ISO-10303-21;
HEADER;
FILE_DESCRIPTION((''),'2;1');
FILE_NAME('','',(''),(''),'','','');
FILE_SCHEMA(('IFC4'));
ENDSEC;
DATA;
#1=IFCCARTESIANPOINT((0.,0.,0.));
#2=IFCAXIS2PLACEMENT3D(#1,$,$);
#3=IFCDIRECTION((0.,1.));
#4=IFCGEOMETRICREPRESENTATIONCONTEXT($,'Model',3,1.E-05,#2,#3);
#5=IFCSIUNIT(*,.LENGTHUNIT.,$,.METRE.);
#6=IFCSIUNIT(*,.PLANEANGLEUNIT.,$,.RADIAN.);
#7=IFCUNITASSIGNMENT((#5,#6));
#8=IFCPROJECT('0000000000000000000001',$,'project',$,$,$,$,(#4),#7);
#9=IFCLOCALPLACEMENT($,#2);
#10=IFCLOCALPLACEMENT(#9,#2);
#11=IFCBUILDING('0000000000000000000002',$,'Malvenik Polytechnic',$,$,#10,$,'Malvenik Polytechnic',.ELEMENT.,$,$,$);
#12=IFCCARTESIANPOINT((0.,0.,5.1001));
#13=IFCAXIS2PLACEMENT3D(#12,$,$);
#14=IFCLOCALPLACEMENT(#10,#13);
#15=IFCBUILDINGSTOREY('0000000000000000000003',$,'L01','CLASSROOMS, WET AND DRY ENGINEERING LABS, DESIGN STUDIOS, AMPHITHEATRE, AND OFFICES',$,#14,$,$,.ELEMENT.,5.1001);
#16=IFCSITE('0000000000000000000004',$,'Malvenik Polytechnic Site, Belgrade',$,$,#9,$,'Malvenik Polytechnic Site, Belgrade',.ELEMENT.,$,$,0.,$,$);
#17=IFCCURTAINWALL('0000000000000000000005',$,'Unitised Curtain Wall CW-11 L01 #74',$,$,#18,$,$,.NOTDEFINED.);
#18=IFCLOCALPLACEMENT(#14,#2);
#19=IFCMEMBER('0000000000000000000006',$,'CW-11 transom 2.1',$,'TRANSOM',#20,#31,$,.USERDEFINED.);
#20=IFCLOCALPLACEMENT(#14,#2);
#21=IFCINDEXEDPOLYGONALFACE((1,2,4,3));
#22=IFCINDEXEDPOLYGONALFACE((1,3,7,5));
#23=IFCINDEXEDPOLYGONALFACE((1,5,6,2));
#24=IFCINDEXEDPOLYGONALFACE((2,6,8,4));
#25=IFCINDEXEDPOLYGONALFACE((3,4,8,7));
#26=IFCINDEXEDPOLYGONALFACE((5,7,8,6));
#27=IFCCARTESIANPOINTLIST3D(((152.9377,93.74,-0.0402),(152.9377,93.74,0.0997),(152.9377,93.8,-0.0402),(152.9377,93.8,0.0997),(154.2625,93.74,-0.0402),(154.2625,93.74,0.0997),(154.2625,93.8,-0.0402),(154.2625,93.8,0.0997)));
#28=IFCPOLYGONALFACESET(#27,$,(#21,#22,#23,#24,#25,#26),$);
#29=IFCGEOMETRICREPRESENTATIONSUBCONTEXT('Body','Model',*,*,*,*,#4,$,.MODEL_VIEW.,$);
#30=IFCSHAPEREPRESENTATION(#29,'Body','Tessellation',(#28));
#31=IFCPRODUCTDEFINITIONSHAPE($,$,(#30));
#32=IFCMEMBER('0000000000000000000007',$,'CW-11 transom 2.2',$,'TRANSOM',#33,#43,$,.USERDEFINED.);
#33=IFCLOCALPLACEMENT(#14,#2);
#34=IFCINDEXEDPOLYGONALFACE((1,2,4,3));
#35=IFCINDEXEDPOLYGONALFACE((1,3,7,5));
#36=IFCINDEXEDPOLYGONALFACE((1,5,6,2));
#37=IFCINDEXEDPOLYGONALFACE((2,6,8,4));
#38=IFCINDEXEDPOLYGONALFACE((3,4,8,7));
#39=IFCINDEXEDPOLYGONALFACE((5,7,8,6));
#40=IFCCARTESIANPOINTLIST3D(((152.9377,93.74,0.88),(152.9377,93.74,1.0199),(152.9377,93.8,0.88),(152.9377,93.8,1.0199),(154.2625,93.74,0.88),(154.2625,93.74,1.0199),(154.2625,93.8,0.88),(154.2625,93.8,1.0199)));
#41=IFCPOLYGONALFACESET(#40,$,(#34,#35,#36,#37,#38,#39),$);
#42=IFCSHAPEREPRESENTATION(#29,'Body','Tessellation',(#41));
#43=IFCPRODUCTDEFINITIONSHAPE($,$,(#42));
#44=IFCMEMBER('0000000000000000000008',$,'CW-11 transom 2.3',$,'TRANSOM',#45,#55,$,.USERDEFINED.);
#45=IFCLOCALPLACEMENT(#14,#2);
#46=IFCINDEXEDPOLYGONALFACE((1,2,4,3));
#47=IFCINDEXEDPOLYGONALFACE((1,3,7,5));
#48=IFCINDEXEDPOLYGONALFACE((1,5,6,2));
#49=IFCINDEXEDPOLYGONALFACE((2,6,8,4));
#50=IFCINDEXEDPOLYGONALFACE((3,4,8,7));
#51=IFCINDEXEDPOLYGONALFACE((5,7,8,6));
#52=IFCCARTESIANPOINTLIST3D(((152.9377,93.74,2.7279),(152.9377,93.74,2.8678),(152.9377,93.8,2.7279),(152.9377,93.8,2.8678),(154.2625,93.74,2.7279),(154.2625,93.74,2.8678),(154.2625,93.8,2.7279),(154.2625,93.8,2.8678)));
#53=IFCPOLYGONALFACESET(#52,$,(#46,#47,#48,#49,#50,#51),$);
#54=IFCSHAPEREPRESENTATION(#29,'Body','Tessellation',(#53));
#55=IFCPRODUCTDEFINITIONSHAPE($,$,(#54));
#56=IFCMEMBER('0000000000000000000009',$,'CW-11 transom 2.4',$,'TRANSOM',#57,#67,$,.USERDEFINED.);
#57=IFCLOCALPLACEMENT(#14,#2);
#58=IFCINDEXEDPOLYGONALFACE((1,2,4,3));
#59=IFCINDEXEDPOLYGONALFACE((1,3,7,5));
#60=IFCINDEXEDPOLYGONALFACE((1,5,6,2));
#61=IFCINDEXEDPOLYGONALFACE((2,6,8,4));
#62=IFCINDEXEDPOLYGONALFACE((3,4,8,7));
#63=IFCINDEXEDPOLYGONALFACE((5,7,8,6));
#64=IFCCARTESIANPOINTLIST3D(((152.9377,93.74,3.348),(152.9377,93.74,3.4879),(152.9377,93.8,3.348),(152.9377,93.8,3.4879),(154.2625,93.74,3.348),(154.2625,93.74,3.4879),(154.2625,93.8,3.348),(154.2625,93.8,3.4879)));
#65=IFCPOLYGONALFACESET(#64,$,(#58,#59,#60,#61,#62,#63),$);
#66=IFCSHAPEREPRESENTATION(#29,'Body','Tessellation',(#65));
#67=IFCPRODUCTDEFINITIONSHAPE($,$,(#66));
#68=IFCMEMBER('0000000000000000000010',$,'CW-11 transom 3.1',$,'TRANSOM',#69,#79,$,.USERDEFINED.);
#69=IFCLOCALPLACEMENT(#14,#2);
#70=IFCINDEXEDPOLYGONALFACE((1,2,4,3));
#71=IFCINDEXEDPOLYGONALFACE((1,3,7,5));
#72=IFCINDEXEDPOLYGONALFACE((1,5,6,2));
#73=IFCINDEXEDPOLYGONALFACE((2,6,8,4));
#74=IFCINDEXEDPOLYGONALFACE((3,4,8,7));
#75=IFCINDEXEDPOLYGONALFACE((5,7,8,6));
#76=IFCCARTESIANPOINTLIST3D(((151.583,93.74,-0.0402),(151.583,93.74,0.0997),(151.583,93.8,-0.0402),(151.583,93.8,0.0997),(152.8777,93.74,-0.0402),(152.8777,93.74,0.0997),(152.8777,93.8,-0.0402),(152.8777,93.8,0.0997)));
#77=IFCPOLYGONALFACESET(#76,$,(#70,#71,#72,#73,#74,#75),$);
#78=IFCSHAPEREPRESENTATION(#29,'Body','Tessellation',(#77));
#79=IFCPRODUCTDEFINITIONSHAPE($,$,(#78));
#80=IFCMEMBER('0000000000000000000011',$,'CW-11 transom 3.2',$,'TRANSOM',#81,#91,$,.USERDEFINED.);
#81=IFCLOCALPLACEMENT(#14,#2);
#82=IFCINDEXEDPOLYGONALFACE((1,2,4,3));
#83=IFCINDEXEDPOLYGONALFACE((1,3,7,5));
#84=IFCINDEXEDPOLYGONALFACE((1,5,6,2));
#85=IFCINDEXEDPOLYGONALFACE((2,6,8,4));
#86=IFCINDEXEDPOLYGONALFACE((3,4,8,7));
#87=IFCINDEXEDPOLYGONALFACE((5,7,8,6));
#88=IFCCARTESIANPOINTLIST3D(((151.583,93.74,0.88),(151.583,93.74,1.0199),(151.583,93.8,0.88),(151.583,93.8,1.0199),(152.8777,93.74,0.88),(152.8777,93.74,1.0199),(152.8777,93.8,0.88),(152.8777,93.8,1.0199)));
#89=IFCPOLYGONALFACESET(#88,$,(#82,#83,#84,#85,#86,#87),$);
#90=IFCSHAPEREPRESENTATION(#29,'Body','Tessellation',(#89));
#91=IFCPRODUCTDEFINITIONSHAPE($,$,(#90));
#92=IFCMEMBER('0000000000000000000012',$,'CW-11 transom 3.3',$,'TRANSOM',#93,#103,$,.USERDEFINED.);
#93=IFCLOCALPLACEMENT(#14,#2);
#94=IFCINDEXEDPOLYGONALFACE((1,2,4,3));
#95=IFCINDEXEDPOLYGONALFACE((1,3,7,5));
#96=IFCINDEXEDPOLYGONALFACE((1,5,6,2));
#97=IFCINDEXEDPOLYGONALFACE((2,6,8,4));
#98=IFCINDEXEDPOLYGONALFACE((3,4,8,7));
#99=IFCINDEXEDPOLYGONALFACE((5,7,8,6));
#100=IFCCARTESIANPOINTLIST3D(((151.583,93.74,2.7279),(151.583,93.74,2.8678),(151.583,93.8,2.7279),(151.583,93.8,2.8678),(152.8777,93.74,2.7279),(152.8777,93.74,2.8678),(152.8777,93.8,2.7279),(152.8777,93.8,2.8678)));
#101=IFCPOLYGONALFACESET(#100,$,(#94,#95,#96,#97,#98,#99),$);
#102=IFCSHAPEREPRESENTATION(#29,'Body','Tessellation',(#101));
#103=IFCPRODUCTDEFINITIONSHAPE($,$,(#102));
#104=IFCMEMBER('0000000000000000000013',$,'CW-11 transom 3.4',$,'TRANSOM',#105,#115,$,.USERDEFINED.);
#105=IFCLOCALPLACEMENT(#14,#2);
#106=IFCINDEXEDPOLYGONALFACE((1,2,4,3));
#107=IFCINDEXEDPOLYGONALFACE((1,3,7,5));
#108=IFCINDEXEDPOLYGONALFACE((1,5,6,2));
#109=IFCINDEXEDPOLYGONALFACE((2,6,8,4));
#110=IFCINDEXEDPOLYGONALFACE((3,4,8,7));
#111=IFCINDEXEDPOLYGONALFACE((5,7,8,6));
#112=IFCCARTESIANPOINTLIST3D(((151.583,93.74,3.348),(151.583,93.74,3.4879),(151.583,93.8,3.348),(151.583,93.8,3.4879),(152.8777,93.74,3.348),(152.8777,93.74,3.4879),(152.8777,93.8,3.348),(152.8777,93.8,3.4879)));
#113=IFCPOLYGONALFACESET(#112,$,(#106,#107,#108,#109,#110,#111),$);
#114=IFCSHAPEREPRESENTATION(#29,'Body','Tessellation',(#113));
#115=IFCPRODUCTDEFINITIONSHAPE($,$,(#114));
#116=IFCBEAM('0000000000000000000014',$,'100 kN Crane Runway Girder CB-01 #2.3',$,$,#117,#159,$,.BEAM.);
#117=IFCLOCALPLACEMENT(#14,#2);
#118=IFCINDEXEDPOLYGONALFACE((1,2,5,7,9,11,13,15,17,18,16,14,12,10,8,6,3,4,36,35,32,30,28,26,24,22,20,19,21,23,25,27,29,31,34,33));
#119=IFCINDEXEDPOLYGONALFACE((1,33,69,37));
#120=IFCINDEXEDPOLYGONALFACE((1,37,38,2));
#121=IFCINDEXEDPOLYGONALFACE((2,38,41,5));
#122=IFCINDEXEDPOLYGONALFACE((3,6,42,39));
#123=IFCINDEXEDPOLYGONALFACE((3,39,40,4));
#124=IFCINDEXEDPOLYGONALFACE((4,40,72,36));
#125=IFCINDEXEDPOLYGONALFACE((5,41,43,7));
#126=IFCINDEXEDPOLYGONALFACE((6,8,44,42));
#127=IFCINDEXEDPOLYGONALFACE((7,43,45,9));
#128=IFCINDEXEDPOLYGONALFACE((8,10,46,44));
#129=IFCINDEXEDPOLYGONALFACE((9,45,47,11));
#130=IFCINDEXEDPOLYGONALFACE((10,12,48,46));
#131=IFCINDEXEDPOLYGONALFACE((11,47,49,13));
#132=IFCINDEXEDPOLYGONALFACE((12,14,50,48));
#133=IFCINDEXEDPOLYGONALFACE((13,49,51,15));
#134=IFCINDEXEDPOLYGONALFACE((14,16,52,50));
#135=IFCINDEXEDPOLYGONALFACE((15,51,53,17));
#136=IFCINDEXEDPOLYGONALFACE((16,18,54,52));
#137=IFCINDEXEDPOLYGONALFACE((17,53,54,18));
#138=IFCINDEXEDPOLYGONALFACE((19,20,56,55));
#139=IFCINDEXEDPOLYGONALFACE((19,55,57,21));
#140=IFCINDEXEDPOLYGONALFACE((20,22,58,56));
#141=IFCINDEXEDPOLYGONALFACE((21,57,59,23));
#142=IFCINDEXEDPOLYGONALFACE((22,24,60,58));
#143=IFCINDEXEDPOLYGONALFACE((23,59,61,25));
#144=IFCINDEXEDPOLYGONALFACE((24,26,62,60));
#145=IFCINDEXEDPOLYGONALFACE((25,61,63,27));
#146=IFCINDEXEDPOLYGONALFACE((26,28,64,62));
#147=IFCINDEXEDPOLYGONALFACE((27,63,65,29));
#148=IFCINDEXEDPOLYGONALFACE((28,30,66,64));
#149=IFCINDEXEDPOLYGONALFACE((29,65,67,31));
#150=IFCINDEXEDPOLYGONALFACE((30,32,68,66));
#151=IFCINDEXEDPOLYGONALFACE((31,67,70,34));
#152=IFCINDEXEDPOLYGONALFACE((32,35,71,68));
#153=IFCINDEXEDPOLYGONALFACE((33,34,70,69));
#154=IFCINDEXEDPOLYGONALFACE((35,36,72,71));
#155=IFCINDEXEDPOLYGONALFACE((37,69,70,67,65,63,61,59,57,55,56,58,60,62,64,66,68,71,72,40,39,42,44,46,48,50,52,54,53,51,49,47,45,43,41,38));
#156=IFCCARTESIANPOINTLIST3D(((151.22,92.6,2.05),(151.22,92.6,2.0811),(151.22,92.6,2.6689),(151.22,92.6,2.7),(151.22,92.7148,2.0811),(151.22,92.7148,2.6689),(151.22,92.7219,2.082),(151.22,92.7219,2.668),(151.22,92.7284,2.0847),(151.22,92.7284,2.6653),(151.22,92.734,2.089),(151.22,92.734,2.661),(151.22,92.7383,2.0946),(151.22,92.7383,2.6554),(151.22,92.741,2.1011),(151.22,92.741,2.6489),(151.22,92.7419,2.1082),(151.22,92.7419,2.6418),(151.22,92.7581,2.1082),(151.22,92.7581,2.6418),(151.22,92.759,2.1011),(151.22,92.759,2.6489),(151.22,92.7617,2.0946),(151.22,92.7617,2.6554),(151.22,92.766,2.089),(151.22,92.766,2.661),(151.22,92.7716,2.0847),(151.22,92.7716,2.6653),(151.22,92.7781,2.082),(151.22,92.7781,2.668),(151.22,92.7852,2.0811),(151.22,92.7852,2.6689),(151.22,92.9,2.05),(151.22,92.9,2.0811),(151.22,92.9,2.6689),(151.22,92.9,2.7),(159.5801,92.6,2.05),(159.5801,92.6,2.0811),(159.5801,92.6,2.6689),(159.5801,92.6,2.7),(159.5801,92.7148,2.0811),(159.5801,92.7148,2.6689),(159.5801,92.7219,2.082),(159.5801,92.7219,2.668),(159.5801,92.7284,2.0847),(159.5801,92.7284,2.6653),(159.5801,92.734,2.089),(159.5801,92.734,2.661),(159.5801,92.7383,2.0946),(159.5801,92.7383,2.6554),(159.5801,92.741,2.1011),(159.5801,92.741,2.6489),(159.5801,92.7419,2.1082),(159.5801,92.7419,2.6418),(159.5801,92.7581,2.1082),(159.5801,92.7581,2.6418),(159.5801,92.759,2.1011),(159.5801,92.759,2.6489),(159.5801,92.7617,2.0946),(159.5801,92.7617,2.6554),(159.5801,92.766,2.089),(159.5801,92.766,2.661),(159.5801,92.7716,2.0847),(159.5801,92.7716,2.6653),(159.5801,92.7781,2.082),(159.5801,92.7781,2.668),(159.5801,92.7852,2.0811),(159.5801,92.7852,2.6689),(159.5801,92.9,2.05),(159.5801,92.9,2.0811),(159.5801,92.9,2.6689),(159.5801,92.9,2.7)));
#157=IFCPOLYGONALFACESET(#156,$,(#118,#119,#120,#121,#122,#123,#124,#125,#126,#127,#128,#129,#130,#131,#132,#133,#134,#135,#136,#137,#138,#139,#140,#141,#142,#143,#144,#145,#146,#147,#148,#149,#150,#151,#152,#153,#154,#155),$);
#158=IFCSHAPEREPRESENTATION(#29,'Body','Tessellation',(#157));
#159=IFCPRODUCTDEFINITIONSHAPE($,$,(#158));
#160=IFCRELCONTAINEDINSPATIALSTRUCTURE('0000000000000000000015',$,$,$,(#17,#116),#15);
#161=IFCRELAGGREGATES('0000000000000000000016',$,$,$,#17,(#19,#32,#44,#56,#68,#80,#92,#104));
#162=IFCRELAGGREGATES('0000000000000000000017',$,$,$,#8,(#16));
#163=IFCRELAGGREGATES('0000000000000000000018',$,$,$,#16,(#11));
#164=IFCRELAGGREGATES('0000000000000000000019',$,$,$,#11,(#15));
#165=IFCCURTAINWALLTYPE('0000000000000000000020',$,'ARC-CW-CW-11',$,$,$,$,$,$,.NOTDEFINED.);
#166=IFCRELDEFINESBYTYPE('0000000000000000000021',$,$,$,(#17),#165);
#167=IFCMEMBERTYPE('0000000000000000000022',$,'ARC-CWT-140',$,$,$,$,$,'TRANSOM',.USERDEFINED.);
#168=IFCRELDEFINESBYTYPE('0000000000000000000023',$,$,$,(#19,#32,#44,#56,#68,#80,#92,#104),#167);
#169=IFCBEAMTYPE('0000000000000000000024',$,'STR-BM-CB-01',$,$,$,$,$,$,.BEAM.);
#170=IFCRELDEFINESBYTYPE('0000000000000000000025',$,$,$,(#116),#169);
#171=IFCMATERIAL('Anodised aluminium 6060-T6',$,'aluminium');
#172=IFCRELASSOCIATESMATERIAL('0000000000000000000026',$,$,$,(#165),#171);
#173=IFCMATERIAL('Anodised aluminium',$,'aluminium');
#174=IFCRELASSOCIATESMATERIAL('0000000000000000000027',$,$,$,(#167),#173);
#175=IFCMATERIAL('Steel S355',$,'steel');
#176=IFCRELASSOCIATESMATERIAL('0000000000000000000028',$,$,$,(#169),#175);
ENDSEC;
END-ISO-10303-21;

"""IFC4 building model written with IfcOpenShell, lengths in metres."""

from ifc_helpers import new_model, si_unit, direction, frame, origin, origin_2d, place, context, subcontext, project, spatial, rectangle, i_section, extrude, material, material_profile, profile_set, type_object, element, aggregate, save


model = new_model("IFC4")

# Units and contexts
model_context = context("Model", 3, precision=1e-05, world=origin(), true_north=direction((0.0, 1.0)))
body_context = subcontext(model_context, "Body", "Model", "MODEL_VIEW")
ifc_project = project(units=[si_unit("LENGTHUNIT", "METRE"), si_unit("PLANEANGLEUNIT", "RADIAN")], contexts=[model_context])

# Site, building, storey
site_placement = place(None, origin())
site = spatial("IfcSite", under=ifc_project, at=site_placement, Name="Malvenik Polytechnic Site, Belgrade", LongName="Malvenik Polytechnic Site, Belgrade", CompositionType="ELEMENT", RefElevation=0.0)
building_placement = place(site_placement, origin())
building = spatial("IfcBuilding", under=site, at=building_placement, Name="Malvenik Polytechnic", LongName="Malvenik Polytechnic", CompositionType="ELEMENT")
storey_placement = place(building_placement, frame((0.0, 0.0, 5.1001)))
storey = spatial("IfcBuildingStorey", under=building, at=storey_placement, Name="L01", Description="CLASSROOMS, WET AND DRY ENGINEERING LABS, DESIGN STUDIOS, AMPHITHEATRE, AND OFFICES", CompositionType="ELEMENT", Elevation=5.1001)

# Curtain wall
ifc_material_1 = material(Name="Anodised aluminium 6060-T6", Category="aluminium")
curtain_wall_type = type_object("IfcCurtainWallType", Name="ARC-CW-CW-11", PredefinedType="NOTDEFINED", material=ifc_material_1)
curtain_wall_1_placement = place(storey_placement, origin())
curtain_wall_1 = element("IfcCurtainWall", 1, at=curtain_wall_1_placement, inside=storey, type_object=curtain_wall_type, Name="Unitised Curtain Wall CW-11 L01 #74", PredefinedType="NOTDEFINED")
ifc_material_2 = material(Name="Anodised aluminium", Category="aluminium")

# Members
ifc_material_profile_1 = material_profile(ifc_material_2, rectangle(XDim=0.0601, YDim=0.1399, at=origin_2d()), Name="ALU TRANSOM 60x140")
ifc_profile_set_1 = profile_set([ifc_material_profile_1], Name="Anodised aluminium")
member_type_1 = type_object("IfcMemberType", Name="ARC-CWT-140", ElementType="TRANSOM", PredefinedType="USERDEFINED", material=ifc_profile_set_1)
member_1_placement = place(storey_placement, frame((154.2625, 93.77, 0.0298), z_axis=(-1.0, 0.0, 0.0), x_axis=(0.0, -1.0, 0.0)))
member_1 = element("IfcMember", 2, at=member_1_placement, type_object=member_type_1, Name="CW-11 transom 2.1", ObjectType="TRANSOM", PredefinedType="USERDEFINED", context=body_context, shape_type="SweptSolid", body=[
    extrude(rectangle(XDim=0.0601, YDim=0.1399, at=origin_2d()), origin(), (0.0, 0.0, 1.0), 1.3247),
])
member_2_placement = place(storey_placement, frame((154.2625, 93.77, 0.95), z_axis=(-1.0, 0.0, 0.0), x_axis=(0.0, -1.0, 0.0)))
member_2 = element("IfcMember", 3, at=member_2_placement, type_object=member_type_1, Name="CW-11 transom 2.2", ObjectType="TRANSOM", PredefinedType="USERDEFINED", context=body_context, shape_type="SweptSolid", body=[
    extrude(rectangle(XDim=0.0601, YDim=0.1399, at=origin_2d()), origin(), (0.0, 0.0, 1.0), 1.3247),
])
member_3_placement = place(storey_placement, frame((154.2625, 93.77, 2.7979), z_axis=(-1.0, 0.0, 0.0), x_axis=(0.0, -1.0, 0.0)))
member_3 = element("IfcMember", 4, at=member_3_placement, type_object=member_type_1, Name="CW-11 transom 2.3", ObjectType="TRANSOM", PredefinedType="USERDEFINED", context=body_context, shape_type="SweptSolid", body=[
    extrude(rectangle(XDim=0.0601, YDim=0.1399, at=origin_2d()), origin(), (0.0, 0.0, 1.0), 1.3247),
])
member_4_placement = place(storey_placement, frame((154.2625, 93.77, 3.418), z_axis=(-1.0, 0.0, 0.0), x_axis=(0.0, -1.0, 0.0)))
member_4 = element("IfcMember", 5, at=member_4_placement, type_object=member_type_1, Name="CW-11 transom 2.4", ObjectType="TRANSOM", PredefinedType="USERDEFINED", context=body_context, shape_type="SweptSolid", body=[
    extrude(rectangle(XDim=0.0601, YDim=0.1399, at=origin_2d()), origin(), (0.0, 0.0, 1.0), 1.3247),
])
member_5_placement = place(storey_placement, frame((152.8777, 93.77, 0.0298), z_axis=(-1.0, 0.0, 0.0), x_axis=(0.0, -1.0, 0.0)))
member_5 = element("IfcMember", 6, at=member_5_placement, type_object=member_type_1, Name="CW-11 transom 3.1", ObjectType="TRANSOM", PredefinedType="USERDEFINED", context=body_context, shape_type="SweptSolid", body=[
    extrude(rectangle(XDim=0.0601, YDim=0.1399, at=origin_2d()), origin(), (0.0, 0.0, 1.0), 1.2947),
])
member_6_placement = place(storey_placement, frame((152.8777, 93.77, 0.95), z_axis=(-1.0, 0.0, 0.0), x_axis=(0.0, -1.0, 0.0)))
member_6 = element("IfcMember", 7, at=member_6_placement, type_object=member_type_1, Name="CW-11 transom 3.2", ObjectType="TRANSOM", PredefinedType="USERDEFINED", context=body_context, shape_type="SweptSolid", body=[
    extrude(rectangle(XDim=0.0601, YDim=0.1399, at=origin_2d()), origin(), (0.0, 0.0, 1.0), 1.2947),
])
member_7_placement = place(storey_placement, frame((152.8777, 93.77, 2.7979), z_axis=(-1.0, 0.0, 0.0), x_axis=(0.0, -1.0, 0.0)))
member_7 = element("IfcMember", 8, at=member_7_placement, type_object=member_type_1, Name="CW-11 transom 3.3", ObjectType="TRANSOM", PredefinedType="USERDEFINED", context=body_context, shape_type="SweptSolid", body=[
    extrude(rectangle(XDim=0.0601, YDim=0.1399, at=origin_2d()), origin(), (0.0, 0.0, 1.0), 1.2947),
])
member_8_placement = place(storey_placement, frame((152.8777, 93.77, 3.418), z_axis=(-1.0, 0.0, 0.0), x_axis=(0.0, -1.0, 0.0)))
member_8 = element("IfcMember", 9, at=member_8_placement, type_object=member_type_1, Name="CW-11 transom 3.4", ObjectType="TRANSOM", PredefinedType="USERDEFINED", context=body_context, shape_type="SweptSolid", body=[
    extrude(rectangle(XDim=0.0601, YDim=0.1399, at=origin_2d()), origin(), (0.0, 0.0, 1.0), 1.2947),
])

# Beam
ifc_material_3 = material(Name="Steel S355", Category="steel")
ifc_material_profile_2 = material_profile(ifc_material_3, i_section(OverallWidth=0.3, OverallDepth=0.6499, WebThickness=0.0161, FlangeThickness=0.031, FilletRadius=0.0271, at=origin_2d()), Name="HEB 650")
ifc_profile_set_2 = profile_set([ifc_material_profile_2], Name="Steel S355")
beam_type_1 = type_object("IfcBeamType", Name="STR-BM-CB-01", PredefinedType="BEAM", material=ifc_profile_set_2)
beam_1_placement = place(storey_placement, frame((151.22, 92.75, 2.375), z_axis=(1.0, 0.0, 0.0), x_axis=(0.0, 1.0, 0.0)))
element("IfcBeam", 10, at=beam_1_placement, inside=storey, type_object=beam_type_1, Name="100 kN Crane Runway Girder CB-01 #2.3", PredefinedType="BEAM", context=body_context, shape_type="SweptSolid", body=[
    extrude(i_section(OverallWidth=0.3, OverallDepth=0.6499, WebThickness=0.0161, FlangeThickness=0.031, FilletRadius=0.0271, at=origin_2d()), origin(), (0.0, 0.0, 1.0), 8.3601),
])

aggregate(curtain_wall_1, [member_1, member_2, member_3, member_4, member_5, member_6, member_7, member_8])

save(model, "model.ifc")
